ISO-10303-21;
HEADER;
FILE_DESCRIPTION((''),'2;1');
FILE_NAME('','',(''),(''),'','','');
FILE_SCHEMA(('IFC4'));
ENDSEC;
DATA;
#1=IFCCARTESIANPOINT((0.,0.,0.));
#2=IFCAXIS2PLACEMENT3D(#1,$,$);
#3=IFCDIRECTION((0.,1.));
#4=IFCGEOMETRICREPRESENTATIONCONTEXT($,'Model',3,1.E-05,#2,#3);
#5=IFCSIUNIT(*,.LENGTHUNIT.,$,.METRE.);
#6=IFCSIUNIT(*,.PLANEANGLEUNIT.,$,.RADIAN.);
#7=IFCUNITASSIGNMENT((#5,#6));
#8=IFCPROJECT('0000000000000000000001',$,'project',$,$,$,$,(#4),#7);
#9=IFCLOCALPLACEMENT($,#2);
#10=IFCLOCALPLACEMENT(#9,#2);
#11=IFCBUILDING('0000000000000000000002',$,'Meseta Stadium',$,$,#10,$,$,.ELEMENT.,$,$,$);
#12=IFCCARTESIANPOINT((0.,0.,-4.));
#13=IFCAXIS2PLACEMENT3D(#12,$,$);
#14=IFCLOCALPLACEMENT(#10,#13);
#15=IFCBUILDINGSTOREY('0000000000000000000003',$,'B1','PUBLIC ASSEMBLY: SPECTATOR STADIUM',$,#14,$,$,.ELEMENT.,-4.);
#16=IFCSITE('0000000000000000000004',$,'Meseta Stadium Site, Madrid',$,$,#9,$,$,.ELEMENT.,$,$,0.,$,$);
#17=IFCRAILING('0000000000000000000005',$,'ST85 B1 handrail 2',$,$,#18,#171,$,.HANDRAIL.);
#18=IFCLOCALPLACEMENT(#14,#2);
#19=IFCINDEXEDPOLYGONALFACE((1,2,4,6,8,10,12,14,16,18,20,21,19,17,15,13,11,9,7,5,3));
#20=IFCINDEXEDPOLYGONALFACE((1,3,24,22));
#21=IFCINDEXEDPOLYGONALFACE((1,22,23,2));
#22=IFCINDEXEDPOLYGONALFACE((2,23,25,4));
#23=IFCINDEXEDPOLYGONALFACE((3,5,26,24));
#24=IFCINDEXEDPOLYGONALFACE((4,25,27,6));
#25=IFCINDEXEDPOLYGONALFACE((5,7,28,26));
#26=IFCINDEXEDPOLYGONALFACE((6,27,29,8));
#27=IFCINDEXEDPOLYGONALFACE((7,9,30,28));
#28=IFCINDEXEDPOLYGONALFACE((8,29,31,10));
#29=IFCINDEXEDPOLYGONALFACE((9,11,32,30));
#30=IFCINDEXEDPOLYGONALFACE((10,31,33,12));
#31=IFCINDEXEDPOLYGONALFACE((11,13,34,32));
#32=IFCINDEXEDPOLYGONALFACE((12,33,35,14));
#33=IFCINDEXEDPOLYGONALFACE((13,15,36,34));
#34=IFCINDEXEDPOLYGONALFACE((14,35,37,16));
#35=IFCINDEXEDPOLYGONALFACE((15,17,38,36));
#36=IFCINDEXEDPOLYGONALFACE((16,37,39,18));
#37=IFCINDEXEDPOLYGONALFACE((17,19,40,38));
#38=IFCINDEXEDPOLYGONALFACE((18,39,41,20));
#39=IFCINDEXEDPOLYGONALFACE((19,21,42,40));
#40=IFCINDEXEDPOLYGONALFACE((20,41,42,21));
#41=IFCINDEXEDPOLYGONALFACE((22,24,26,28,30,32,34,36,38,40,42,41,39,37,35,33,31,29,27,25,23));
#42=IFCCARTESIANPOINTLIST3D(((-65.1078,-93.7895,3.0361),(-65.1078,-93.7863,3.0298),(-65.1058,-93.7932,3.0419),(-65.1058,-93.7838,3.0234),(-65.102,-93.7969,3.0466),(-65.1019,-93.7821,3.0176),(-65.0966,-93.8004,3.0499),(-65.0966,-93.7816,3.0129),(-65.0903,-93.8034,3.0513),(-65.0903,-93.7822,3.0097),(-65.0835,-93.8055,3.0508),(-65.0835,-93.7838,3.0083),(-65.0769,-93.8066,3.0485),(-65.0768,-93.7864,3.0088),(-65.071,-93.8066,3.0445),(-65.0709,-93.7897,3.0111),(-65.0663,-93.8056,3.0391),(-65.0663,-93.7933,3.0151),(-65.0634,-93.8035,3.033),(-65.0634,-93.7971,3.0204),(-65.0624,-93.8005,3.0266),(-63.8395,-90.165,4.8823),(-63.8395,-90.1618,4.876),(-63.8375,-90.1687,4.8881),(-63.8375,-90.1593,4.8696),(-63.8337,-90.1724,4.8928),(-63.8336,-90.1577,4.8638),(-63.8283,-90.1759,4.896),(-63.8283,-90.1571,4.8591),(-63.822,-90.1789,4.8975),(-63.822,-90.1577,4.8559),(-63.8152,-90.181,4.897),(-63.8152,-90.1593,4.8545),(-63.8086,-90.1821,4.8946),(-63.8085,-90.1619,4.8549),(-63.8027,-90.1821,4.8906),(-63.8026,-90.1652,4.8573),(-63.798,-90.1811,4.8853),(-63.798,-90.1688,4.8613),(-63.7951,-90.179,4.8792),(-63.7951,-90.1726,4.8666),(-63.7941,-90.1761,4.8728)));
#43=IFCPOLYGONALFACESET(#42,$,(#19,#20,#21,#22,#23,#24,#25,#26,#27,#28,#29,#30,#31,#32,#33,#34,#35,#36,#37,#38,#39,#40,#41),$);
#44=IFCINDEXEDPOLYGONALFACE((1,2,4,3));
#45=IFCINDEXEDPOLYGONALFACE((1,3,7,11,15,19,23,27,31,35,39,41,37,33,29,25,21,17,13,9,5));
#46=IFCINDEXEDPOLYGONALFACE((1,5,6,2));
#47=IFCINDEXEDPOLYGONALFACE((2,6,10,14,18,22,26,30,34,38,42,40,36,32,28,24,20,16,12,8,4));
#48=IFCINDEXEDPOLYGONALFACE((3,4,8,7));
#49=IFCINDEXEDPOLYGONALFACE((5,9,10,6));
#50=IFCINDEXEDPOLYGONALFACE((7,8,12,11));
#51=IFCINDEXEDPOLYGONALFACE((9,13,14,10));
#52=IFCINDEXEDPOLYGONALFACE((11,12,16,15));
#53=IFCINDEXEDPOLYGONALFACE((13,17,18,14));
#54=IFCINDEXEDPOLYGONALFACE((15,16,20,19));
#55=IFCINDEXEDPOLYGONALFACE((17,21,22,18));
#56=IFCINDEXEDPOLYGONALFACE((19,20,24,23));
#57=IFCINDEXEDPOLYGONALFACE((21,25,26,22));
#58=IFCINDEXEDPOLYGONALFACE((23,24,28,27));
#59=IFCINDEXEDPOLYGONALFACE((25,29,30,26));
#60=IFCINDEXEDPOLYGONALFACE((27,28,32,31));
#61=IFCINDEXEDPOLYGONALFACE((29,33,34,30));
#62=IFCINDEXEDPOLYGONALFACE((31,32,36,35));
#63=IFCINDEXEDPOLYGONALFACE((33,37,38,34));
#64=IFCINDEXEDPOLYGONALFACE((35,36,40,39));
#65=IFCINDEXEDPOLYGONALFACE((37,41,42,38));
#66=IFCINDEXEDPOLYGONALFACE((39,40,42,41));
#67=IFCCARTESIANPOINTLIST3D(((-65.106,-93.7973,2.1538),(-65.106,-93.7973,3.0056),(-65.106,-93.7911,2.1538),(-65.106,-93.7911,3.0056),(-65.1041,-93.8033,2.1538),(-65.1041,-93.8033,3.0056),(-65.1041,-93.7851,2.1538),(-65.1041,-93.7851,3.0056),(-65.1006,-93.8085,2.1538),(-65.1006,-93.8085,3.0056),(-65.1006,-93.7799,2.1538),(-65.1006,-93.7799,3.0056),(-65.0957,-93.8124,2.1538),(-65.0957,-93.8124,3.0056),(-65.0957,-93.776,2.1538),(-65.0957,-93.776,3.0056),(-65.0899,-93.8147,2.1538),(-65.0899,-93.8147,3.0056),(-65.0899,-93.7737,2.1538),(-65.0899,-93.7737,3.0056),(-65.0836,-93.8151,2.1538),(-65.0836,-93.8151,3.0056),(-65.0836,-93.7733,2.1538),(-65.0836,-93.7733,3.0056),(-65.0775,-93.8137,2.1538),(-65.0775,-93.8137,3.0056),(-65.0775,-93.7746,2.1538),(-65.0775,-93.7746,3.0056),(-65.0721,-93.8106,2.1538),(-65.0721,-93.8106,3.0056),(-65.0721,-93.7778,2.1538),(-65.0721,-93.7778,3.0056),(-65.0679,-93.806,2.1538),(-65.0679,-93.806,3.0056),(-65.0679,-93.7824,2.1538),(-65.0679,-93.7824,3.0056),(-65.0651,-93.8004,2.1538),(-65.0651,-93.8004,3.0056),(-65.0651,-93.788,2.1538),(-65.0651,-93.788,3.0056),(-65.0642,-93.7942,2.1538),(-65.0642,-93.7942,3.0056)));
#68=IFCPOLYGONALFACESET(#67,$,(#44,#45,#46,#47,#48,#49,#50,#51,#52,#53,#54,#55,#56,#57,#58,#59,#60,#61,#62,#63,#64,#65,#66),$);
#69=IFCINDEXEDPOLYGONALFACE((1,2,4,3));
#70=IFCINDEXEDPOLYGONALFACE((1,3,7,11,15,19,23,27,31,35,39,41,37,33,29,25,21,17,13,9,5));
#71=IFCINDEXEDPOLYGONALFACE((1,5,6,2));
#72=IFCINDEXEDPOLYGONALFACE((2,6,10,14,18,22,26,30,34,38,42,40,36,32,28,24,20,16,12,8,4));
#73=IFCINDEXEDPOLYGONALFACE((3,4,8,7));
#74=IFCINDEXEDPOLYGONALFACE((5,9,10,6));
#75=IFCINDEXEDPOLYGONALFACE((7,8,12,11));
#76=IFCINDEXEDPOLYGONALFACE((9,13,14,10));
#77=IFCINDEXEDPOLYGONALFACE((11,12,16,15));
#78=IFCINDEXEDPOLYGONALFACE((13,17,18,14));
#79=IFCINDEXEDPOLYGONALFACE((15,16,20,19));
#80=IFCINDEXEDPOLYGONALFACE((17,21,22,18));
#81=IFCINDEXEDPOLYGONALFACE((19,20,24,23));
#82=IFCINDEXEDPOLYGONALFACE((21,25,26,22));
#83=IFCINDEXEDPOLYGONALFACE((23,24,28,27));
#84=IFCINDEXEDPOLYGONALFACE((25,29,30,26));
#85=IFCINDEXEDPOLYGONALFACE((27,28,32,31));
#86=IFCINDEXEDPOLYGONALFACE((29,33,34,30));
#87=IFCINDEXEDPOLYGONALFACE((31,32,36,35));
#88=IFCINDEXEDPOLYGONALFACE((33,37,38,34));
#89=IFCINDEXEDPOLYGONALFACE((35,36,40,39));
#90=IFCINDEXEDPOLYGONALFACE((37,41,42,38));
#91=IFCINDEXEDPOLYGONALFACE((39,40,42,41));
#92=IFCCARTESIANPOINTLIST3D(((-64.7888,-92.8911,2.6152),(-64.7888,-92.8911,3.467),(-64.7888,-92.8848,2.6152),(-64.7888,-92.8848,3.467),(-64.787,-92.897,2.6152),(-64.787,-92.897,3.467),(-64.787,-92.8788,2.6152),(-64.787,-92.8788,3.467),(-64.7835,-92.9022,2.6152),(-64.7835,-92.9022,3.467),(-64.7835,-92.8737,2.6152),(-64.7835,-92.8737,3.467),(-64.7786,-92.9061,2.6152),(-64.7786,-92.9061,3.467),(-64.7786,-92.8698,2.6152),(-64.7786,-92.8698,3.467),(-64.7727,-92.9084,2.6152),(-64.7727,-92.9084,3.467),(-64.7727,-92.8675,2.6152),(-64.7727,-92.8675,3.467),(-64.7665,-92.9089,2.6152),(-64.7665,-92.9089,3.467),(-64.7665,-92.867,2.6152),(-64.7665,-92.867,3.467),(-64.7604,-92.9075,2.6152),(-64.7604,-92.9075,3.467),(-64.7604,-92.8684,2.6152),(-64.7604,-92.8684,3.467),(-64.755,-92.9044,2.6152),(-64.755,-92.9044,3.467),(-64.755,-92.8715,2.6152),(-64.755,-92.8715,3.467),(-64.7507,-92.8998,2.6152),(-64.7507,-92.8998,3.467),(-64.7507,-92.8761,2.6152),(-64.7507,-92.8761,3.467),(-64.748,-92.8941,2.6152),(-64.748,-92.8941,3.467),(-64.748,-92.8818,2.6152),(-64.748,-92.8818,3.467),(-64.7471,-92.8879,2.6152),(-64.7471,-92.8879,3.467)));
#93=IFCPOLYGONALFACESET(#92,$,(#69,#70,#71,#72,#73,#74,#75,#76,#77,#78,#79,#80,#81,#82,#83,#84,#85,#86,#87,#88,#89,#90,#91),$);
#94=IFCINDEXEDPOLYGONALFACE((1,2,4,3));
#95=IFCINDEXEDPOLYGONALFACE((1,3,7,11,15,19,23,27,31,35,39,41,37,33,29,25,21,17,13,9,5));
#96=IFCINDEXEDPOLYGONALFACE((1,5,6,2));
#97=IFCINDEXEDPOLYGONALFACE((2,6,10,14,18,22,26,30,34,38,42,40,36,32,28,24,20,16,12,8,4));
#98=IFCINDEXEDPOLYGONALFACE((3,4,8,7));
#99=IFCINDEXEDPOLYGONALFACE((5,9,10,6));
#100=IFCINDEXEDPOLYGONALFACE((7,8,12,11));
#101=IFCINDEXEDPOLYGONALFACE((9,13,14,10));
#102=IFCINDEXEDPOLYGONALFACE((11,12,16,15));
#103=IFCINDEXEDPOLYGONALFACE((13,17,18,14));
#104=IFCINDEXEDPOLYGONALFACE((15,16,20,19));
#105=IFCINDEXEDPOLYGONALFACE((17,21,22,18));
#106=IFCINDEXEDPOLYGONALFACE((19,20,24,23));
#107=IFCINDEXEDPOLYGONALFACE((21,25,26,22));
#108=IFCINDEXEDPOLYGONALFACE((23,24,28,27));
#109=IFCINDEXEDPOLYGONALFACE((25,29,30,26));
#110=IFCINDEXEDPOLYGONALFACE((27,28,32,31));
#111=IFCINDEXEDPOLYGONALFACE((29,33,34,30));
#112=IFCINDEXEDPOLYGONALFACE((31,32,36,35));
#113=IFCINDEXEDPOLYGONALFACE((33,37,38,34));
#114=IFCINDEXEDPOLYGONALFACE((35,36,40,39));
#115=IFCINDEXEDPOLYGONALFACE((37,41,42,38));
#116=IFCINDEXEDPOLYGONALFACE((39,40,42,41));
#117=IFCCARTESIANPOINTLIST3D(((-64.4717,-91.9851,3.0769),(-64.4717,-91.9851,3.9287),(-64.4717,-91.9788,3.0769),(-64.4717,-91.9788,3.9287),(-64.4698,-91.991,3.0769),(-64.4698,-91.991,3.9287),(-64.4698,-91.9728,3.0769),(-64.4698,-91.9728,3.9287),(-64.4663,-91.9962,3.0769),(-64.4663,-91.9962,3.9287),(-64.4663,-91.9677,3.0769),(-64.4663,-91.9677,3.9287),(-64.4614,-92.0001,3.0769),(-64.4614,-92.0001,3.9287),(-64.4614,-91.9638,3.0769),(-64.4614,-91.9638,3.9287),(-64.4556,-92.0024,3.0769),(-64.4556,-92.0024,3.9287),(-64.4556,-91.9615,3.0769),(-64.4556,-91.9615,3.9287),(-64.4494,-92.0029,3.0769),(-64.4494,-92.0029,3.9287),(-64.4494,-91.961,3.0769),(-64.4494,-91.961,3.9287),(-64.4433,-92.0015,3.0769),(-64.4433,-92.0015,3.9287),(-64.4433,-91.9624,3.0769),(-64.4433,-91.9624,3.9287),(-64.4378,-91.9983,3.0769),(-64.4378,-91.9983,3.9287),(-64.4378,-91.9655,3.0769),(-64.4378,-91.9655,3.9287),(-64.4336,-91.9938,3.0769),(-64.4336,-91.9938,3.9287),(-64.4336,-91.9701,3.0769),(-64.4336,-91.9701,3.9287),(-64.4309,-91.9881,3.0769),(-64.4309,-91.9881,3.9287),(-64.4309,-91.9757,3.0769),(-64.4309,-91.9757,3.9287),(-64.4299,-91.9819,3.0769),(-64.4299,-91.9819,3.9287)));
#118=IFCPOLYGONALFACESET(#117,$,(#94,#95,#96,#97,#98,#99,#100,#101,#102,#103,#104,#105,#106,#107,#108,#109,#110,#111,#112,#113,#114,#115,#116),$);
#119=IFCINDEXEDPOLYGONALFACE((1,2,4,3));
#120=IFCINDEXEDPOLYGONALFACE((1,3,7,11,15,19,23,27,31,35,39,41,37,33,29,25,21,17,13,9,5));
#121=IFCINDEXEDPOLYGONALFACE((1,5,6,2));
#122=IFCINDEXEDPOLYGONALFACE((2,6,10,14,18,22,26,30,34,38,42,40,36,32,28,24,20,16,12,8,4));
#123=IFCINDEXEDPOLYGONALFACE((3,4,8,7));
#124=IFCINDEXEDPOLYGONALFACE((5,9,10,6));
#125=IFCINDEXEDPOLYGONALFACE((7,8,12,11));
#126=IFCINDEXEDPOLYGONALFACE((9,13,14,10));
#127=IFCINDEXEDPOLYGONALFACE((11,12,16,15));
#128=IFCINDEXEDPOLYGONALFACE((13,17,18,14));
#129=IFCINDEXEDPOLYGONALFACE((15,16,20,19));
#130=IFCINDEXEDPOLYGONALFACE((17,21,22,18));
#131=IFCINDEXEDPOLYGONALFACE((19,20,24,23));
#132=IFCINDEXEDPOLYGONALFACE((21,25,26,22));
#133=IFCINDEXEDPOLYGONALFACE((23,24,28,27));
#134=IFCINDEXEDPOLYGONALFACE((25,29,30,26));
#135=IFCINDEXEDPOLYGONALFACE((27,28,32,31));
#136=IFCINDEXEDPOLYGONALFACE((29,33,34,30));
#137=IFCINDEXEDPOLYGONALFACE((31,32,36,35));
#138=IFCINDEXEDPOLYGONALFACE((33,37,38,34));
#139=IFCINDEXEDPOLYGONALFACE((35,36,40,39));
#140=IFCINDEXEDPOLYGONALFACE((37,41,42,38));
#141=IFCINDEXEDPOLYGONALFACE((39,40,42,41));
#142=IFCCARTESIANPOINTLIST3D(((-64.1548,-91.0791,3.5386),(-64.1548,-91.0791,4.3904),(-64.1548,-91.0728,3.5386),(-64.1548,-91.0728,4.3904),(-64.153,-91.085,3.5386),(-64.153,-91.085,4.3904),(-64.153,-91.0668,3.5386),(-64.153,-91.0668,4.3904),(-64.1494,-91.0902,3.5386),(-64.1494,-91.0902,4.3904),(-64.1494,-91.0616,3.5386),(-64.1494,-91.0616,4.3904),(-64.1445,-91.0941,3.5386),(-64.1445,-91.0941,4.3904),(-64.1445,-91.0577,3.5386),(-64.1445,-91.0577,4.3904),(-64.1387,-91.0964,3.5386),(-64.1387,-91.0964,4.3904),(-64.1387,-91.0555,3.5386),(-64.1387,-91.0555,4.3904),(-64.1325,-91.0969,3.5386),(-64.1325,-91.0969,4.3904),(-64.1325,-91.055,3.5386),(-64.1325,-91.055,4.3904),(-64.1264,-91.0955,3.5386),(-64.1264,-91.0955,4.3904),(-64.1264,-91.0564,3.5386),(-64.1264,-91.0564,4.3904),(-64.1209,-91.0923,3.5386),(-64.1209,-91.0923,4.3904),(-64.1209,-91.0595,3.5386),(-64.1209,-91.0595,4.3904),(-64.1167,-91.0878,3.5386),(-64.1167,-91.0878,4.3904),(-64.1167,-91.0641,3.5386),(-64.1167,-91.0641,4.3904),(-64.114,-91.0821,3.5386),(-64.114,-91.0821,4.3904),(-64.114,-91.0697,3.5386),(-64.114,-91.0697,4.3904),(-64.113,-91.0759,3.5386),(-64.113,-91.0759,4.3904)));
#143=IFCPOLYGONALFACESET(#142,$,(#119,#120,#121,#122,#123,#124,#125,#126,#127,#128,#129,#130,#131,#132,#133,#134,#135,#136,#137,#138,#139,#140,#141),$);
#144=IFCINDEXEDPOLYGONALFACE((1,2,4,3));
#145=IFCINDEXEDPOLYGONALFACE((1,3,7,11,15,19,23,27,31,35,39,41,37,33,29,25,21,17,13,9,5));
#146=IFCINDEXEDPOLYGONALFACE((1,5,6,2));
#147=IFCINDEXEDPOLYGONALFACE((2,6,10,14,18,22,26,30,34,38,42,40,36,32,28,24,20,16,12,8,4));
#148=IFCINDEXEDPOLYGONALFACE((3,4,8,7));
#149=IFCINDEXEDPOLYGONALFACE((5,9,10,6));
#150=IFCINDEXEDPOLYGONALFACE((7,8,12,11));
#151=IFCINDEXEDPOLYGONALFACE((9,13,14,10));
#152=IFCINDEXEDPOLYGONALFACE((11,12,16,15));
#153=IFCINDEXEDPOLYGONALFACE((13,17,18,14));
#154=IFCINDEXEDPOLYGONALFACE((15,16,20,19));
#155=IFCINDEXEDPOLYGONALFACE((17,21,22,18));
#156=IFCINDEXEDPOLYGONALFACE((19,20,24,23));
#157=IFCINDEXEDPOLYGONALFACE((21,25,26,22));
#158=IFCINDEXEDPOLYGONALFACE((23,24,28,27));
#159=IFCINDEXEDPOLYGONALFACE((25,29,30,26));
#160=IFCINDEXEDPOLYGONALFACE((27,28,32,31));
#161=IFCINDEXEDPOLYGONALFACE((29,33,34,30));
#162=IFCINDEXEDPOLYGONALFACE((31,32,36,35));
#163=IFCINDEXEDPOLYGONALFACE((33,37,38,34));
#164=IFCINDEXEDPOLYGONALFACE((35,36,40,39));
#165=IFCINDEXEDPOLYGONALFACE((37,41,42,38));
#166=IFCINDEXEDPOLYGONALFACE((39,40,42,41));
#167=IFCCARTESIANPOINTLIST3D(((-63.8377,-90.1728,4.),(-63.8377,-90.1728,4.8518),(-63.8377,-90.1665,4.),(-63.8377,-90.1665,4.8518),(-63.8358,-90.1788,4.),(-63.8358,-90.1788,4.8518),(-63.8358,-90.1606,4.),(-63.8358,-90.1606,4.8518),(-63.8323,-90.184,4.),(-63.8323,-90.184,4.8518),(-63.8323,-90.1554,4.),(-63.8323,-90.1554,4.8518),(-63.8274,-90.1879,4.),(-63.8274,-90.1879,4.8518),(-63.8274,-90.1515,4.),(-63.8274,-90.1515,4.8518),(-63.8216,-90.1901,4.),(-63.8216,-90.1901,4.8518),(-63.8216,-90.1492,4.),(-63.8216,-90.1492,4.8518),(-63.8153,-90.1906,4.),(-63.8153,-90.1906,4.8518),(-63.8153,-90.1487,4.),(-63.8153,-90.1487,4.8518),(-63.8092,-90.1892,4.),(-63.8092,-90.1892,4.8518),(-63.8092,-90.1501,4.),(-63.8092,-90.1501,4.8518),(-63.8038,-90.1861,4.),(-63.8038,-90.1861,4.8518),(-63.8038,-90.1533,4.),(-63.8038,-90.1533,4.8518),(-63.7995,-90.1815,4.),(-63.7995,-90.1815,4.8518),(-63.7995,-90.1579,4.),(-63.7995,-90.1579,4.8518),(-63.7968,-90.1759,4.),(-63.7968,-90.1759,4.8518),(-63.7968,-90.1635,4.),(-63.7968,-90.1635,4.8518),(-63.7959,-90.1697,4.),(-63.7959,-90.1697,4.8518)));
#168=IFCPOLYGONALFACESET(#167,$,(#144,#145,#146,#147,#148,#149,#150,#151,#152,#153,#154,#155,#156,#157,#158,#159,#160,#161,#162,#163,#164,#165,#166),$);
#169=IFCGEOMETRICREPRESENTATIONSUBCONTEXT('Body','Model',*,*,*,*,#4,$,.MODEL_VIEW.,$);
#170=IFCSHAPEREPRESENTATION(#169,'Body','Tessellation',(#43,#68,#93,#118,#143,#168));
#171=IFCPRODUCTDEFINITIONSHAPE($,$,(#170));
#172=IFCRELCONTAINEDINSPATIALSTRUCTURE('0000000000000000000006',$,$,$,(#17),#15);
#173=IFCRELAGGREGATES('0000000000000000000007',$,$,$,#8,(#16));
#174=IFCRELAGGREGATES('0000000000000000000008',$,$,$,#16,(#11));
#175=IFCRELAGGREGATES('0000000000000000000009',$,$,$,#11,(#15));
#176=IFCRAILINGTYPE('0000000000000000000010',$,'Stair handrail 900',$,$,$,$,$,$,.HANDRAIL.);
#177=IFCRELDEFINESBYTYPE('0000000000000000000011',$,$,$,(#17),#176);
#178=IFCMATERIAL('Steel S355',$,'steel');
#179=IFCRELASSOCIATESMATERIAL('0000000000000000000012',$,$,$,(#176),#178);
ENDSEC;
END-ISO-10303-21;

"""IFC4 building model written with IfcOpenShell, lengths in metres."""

from ifc_helpers import new_model, si_unit, direction, frame, origin, origin_2d, place, context, subcontext, project, spatial, circle, extrude, material, type_object, element, save


model = new_model("IFC4")

# Units and contexts
model_context = context("Model", 3, precision=1e-05, world=origin(), true_north=direction((0.0, 1.0)))
body_context = subcontext(model_context, "Body", "Model", "MODEL_VIEW")
ifc_project = project(units=[si_unit("LENGTHUNIT", "METRE"), si_unit("PLANEANGLEUNIT", "RADIAN")], contexts=[model_context])

# Site, building, storey
site_placement = place(None, origin())
site = spatial("IfcSite", under=ifc_project, at=site_placement, Name="Meseta Stadium Site, Madrid", CompositionType="ELEMENT", RefElevation=0.0)
building_placement = place(site_placement, origin())
building = spatial("IfcBuilding", under=site, at=building_placement, Name="Meseta Stadium", CompositionType="ELEMENT")
storey_placement = place(building_placement, frame((0.0, 0.0, -4.0)))
storey = spatial("IfcBuildingStorey", under=building, at=storey_placement, Name="B1", Description="PUBLIC ASSEMBLY: SPECTATOR STADIUM", CompositionType="ELEMENT", Elevation=-4.0)

# Railing
ifc_material_1 = material(Name="Steel S355", Category="steel")
railing_type_1 = type_object("IfcRailingType", Name="Stair handrail 900", PredefinedType="HANDRAIL", material=ifc_material_1)
railing_1_placement = place(storey_placement, frame((-65.0852, -93.7942, 2.1538)))
element("IfcRailing", 1, at=railing_1_placement, inside=storey, type_object=railing_type_1, Name="ST85 B1 handrail 2", PredefinedType="HANDRAIL", context=body_context, shape_type="SweptSolid", body=[
    extrude(circle(Radius=0.0239, at=origin_2d()), frame((0.0, 0.0, 0.876), z_axis=(0.297672, 0.850672, 0.4333), x_axis=(-0.94388, 0.330288, 0.0)), (0.0, 0.0, 1.0), 4.2607),
    extrude(circle(Radius=0.021, at=origin_2d()), origin(), (0.0, 0.0, 1.0), 0.8518),
    extrude(circle(Radius=0.021, at=origin_2d()), frame((0.3171, 0.9062, 0.4614)), (0.0, 0.0, 1.0), 0.8518),
    extrude(circle(Radius=0.021, at=origin_2d()), frame((0.6343, 1.8123, 0.9231)), (0.0, 0.0, 1.0), 0.8518),
    extrude(circle(Radius=0.021, at=origin_2d()), frame((0.9512, 2.7183, 1.3848)), (0.0, 0.0, 1.0), 0.8518),
    extrude(circle(Radius=0.021, at=origin_2d()), frame((1.2683, 3.6245, 1.8462)), (0.0, 0.0, 1.0), 0.8518),
])

save(model, "model.ifc")
